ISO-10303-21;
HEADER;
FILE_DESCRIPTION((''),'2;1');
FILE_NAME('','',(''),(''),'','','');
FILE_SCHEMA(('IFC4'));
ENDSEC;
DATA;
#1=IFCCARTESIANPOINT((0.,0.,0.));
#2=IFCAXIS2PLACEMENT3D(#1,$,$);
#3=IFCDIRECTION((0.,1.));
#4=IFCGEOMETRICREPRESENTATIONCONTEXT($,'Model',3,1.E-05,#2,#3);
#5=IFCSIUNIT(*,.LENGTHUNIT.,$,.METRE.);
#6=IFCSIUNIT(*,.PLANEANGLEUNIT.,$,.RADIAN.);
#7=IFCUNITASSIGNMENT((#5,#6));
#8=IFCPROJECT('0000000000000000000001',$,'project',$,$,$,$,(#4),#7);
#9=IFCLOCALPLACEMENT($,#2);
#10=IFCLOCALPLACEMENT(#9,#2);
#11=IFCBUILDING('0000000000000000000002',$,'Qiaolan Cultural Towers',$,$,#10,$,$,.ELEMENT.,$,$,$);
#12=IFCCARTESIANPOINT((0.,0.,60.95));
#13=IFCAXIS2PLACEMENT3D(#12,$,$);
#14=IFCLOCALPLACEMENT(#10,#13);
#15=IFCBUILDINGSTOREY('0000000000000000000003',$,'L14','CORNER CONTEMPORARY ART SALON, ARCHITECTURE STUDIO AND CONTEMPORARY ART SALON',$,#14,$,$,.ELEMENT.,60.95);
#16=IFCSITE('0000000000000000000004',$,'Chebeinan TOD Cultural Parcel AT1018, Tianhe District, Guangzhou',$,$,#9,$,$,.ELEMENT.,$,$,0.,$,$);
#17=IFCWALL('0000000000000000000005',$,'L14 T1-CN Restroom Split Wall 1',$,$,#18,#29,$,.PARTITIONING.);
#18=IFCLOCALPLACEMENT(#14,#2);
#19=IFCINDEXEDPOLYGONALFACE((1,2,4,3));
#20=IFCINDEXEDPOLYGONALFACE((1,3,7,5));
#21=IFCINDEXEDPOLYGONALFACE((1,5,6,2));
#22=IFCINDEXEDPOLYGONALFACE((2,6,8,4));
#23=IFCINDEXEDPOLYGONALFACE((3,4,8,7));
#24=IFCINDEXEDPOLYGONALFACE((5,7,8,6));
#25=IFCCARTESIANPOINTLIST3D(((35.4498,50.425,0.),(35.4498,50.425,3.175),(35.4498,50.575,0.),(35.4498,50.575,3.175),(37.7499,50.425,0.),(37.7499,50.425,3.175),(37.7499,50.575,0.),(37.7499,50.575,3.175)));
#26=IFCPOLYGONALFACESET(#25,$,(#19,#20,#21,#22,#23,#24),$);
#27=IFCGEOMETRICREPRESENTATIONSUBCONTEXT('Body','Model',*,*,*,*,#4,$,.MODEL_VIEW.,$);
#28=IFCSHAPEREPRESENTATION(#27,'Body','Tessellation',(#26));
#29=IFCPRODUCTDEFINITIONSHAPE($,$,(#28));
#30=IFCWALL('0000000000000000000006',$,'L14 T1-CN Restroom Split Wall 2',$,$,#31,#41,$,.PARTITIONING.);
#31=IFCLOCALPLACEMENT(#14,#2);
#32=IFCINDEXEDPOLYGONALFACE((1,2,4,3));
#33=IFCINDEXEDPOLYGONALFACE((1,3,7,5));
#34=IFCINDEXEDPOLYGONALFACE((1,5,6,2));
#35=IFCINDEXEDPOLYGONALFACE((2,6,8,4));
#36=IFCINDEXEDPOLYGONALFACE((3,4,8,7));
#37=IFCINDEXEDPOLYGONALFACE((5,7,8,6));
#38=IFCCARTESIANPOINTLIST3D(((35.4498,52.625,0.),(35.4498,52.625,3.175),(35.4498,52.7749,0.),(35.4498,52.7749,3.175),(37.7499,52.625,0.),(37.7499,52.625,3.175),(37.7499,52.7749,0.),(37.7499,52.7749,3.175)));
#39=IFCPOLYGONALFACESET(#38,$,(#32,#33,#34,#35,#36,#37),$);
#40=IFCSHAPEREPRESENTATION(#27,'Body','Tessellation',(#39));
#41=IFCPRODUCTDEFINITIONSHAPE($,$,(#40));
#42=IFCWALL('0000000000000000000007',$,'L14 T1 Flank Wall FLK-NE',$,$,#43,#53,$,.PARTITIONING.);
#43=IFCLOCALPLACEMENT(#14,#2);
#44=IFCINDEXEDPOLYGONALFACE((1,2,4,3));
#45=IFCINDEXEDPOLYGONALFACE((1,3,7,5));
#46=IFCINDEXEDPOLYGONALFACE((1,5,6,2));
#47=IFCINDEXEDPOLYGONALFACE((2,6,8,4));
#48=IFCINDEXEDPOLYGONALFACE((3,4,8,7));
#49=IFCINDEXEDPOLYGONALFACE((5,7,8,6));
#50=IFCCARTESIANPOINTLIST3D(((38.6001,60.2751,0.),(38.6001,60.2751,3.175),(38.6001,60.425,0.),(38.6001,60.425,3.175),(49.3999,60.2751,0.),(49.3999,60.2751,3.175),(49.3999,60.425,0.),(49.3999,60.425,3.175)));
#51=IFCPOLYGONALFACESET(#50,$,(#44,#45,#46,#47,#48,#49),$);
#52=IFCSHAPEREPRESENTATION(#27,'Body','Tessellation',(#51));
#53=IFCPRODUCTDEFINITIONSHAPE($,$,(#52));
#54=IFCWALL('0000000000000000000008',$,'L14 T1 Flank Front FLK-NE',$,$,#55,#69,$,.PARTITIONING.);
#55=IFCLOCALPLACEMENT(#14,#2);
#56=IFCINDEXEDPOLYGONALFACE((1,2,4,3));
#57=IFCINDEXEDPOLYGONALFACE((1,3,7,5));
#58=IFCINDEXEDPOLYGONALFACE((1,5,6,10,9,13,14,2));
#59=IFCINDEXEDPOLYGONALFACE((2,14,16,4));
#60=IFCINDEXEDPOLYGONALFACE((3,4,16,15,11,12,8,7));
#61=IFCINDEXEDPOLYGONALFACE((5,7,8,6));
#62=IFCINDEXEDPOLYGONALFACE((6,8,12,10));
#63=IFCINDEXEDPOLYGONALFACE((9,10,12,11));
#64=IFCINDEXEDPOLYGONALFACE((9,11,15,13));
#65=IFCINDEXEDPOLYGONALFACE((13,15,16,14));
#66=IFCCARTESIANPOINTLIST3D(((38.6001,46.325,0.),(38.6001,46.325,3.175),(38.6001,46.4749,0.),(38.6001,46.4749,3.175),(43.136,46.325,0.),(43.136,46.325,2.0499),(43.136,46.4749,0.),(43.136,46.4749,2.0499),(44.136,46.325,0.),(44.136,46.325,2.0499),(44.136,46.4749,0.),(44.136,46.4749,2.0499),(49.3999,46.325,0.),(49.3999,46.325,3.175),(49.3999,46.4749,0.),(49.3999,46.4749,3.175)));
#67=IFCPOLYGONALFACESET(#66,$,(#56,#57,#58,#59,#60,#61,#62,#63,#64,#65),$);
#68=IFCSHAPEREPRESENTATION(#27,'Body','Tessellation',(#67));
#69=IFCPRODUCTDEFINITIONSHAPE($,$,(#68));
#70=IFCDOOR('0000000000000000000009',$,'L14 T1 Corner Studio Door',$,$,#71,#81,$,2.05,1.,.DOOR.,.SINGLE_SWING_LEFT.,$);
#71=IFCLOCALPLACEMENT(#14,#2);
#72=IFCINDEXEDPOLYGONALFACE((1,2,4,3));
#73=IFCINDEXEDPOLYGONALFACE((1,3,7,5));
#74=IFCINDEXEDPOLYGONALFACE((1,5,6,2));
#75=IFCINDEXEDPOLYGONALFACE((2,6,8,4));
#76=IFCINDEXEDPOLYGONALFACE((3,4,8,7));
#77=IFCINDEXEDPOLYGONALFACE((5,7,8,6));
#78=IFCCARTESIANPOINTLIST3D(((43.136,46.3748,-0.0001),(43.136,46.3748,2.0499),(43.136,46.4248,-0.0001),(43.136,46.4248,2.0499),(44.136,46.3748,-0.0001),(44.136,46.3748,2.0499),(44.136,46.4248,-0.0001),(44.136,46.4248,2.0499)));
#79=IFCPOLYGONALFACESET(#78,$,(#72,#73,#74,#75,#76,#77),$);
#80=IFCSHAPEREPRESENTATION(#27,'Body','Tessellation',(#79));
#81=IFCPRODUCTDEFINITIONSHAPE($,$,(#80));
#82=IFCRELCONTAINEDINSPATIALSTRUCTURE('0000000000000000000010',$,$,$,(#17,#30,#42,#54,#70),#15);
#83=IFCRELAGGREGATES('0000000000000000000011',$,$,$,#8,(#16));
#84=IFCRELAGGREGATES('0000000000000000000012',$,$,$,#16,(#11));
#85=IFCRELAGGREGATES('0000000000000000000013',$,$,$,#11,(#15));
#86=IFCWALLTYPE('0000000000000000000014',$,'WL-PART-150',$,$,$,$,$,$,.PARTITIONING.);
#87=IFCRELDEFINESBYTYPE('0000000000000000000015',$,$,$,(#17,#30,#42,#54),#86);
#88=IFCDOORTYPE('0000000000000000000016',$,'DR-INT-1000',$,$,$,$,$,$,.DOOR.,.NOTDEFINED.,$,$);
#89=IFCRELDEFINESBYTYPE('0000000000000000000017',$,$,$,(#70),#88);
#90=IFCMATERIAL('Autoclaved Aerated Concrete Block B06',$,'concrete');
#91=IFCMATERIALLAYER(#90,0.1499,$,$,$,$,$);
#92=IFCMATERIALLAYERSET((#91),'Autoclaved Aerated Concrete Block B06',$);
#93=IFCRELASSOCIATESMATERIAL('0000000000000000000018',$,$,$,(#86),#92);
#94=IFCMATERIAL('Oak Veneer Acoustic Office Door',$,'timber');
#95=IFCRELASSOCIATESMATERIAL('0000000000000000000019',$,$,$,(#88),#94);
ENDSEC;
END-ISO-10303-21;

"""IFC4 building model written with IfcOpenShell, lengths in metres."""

from ifc_helpers import new_model, si_unit, direction, frame, frame_2d, origin, place, context, subcontext, project, spatial, rectangle, extrude, material, layer, layer_set, type_object, element, fill, save


model = new_model("IFC4")

# Units and contexts
model_context = context("Model", 3, precision=1e-05, world=origin(), true_north=direction((0.0, 1.0)))
body_context = subcontext(model_context, "Body", "Model", "MODEL_VIEW")
ifc_project = project(units=[si_unit("LENGTHUNIT", "METRE"), si_unit("PLANEANGLEUNIT", "RADIAN")], contexts=[model_context])

# Site, building, storey
site_placement = place(None, origin())
site = spatial("IfcSite", under=ifc_project, at=site_placement, Name="Chebeinan TOD Cultural Parcel AT1018, Tianhe District, Guangzhou", CompositionType="ELEMENT", RefElevation=0.0)
building_placement = place(site_placement, origin())
building = spatial("IfcBuilding", under=site, at=building_placement, Name="Qiaolan Cultural Towers", CompositionType="ELEMENT")
storey_placement = place(building_placement, frame((0.0, 0.0, 60.95)))
storey = spatial("IfcBuildingStorey", under=building, at=storey_placement, Name="L14", Description="CORNER CONTEMPORARY ART SALON, ARCHITECTURE STUDIO AND CONTEMPORARY ART SALON", CompositionType="ELEMENT", Elevation=60.95)

# Shared definitions
ifc_material_1 = material(Name="Autoclaved Aerated Concrete Block B06", Category="concrete")
ifc_layer_1 = layer(ifc_material_1, 0.1499)
ifc_layer_set_1 = layer_set([ifc_layer_1], Name="Autoclaved Aerated Concrete Block B06")
wall_type_1 = type_object("IfcWallType", Name="WL-PART-150", PredefinedType="PARTITIONING", material=ifc_layer_set_1)

# Walls
for number, where, z_axis, x_axis, name in (
    (1, (35.45, 50.5, 0.0), (0.0, 0.0, 1.0), (1.0, 0.0, 0.0), "L14 T1-CN Restroom Split Wall 1"),
    (2, (35.45, 52.7, 0.0), (0.0, 0.0, 1.0), (1.0, 0.0, 0.0), "L14 T1-CN Restroom Split Wall 2"),
):
    element("IfcWall", number, at=place(storey_placement, frame(where, z_axis=z_axis, x_axis=x_axis)), inside=storey, type_object=wall_type_1, Name=name, PredefinedType="PARTITIONING", context=body_context, shape_type="SweptSolid", body=[
        extrude(rectangle(XDim=2.3, YDim=0.1499, at=frame_2d((1.1499, 0.0))), origin(), (0.0, 0.0, 1.0), 3.175),
    ])
wall_1_placement = place(storey_placement, frame((38.6001, 60.3501, 0.0), z_axis=(0.0, 0.0, 1.0), x_axis=(1.0, 0.0, 0.0)))
element("IfcWall", 3, at=wall_1_placement, inside=storey, type_object=wall_type_1, Name="L14 T1 Flank Wall FLK-NE", PredefinedType="PARTITIONING", context=body_context, shape_type="SweptSolid", body=[
    extrude(rectangle(XDim=10.7998, YDim=0.1499, at=frame_2d((5.3999, 0.0))), origin(), (0.0, 0.0, 1.0), 3.175),
])

# Wall, opening, door
wall_2_placement = place(storey_placement, frame((38.6001, 46.3999, 0.0), z_axis=(0.0, 0.0, 1.0), x_axis=(1.0, 0.0, 0.0)))
wall_2 = element("IfcWall", 4, at=wall_2_placement, inside=storey, type_object=wall_type_1, Name="L14 T1 Flank Front FLK-NE", PredefinedType="PARTITIONING", context=body_context, shape_type="SweptSolid", body=[
    extrude(rectangle(XDim=10.7998, YDim=0.1499, at=frame_2d((5.3999, 0.0))), origin(), (0.0, 0.0, 1.0), 3.175),
])
opening_1_placement = place(wall_2_placement, frame((4.5359, 0.0, 0.0)))
opening_1 = element("IfcOpeningElement", 5, at=opening_1_placement, cuts=wall_2, PredefinedType="OPENING", context=body_context, shape_type="SweptSolid", body=[
    extrude(rectangle(XDim=1.0, YDim=2.05, at=frame_2d((0.5, 1.0249))), frame((0.0, 0.085, 0.0), z_axis=(0.0, -1.0, 0.0), x_axis=(1.0, 0.0, 0.0)), (0.0, 0.0, 1.0), 0.1699),
])
ifc_material_2 = material(Name="Oak Veneer Acoustic Office Door", Category="timber")
door_type_1 = type_object("IfcDoorType", Name="DR-INT-1000", OperationType="NOTDEFINED", PredefinedType="DOOR", material=ifc_material_2)
door_1_placement = place(opening_1_placement, origin())
door_1 = element("IfcDoor", 6, at=door_1_placement, inside=storey, type_object=door_type_1, Name="L14 T1 Corner Studio Door", OperationType="SINGLE_SWING_LEFT", OverallHeight=2.05, OverallWidth=1.0, PredefinedType="DOOR", context=body_context, shape_type="SweptSolid", body=[
    extrude(rectangle(XDim=1.0, YDim=2.05, at=frame_2d((0.5, 1.0249))), frame((0.0, 0.0249, 0.0), z_axis=(0.0, -1.0, 0.0), x_axis=(1.0, 0.0, 0.0)), (0.0, 0.0, 1.0), 0.05),
])
fill(opening_1, door_1)

save(model, "model.ifc")
